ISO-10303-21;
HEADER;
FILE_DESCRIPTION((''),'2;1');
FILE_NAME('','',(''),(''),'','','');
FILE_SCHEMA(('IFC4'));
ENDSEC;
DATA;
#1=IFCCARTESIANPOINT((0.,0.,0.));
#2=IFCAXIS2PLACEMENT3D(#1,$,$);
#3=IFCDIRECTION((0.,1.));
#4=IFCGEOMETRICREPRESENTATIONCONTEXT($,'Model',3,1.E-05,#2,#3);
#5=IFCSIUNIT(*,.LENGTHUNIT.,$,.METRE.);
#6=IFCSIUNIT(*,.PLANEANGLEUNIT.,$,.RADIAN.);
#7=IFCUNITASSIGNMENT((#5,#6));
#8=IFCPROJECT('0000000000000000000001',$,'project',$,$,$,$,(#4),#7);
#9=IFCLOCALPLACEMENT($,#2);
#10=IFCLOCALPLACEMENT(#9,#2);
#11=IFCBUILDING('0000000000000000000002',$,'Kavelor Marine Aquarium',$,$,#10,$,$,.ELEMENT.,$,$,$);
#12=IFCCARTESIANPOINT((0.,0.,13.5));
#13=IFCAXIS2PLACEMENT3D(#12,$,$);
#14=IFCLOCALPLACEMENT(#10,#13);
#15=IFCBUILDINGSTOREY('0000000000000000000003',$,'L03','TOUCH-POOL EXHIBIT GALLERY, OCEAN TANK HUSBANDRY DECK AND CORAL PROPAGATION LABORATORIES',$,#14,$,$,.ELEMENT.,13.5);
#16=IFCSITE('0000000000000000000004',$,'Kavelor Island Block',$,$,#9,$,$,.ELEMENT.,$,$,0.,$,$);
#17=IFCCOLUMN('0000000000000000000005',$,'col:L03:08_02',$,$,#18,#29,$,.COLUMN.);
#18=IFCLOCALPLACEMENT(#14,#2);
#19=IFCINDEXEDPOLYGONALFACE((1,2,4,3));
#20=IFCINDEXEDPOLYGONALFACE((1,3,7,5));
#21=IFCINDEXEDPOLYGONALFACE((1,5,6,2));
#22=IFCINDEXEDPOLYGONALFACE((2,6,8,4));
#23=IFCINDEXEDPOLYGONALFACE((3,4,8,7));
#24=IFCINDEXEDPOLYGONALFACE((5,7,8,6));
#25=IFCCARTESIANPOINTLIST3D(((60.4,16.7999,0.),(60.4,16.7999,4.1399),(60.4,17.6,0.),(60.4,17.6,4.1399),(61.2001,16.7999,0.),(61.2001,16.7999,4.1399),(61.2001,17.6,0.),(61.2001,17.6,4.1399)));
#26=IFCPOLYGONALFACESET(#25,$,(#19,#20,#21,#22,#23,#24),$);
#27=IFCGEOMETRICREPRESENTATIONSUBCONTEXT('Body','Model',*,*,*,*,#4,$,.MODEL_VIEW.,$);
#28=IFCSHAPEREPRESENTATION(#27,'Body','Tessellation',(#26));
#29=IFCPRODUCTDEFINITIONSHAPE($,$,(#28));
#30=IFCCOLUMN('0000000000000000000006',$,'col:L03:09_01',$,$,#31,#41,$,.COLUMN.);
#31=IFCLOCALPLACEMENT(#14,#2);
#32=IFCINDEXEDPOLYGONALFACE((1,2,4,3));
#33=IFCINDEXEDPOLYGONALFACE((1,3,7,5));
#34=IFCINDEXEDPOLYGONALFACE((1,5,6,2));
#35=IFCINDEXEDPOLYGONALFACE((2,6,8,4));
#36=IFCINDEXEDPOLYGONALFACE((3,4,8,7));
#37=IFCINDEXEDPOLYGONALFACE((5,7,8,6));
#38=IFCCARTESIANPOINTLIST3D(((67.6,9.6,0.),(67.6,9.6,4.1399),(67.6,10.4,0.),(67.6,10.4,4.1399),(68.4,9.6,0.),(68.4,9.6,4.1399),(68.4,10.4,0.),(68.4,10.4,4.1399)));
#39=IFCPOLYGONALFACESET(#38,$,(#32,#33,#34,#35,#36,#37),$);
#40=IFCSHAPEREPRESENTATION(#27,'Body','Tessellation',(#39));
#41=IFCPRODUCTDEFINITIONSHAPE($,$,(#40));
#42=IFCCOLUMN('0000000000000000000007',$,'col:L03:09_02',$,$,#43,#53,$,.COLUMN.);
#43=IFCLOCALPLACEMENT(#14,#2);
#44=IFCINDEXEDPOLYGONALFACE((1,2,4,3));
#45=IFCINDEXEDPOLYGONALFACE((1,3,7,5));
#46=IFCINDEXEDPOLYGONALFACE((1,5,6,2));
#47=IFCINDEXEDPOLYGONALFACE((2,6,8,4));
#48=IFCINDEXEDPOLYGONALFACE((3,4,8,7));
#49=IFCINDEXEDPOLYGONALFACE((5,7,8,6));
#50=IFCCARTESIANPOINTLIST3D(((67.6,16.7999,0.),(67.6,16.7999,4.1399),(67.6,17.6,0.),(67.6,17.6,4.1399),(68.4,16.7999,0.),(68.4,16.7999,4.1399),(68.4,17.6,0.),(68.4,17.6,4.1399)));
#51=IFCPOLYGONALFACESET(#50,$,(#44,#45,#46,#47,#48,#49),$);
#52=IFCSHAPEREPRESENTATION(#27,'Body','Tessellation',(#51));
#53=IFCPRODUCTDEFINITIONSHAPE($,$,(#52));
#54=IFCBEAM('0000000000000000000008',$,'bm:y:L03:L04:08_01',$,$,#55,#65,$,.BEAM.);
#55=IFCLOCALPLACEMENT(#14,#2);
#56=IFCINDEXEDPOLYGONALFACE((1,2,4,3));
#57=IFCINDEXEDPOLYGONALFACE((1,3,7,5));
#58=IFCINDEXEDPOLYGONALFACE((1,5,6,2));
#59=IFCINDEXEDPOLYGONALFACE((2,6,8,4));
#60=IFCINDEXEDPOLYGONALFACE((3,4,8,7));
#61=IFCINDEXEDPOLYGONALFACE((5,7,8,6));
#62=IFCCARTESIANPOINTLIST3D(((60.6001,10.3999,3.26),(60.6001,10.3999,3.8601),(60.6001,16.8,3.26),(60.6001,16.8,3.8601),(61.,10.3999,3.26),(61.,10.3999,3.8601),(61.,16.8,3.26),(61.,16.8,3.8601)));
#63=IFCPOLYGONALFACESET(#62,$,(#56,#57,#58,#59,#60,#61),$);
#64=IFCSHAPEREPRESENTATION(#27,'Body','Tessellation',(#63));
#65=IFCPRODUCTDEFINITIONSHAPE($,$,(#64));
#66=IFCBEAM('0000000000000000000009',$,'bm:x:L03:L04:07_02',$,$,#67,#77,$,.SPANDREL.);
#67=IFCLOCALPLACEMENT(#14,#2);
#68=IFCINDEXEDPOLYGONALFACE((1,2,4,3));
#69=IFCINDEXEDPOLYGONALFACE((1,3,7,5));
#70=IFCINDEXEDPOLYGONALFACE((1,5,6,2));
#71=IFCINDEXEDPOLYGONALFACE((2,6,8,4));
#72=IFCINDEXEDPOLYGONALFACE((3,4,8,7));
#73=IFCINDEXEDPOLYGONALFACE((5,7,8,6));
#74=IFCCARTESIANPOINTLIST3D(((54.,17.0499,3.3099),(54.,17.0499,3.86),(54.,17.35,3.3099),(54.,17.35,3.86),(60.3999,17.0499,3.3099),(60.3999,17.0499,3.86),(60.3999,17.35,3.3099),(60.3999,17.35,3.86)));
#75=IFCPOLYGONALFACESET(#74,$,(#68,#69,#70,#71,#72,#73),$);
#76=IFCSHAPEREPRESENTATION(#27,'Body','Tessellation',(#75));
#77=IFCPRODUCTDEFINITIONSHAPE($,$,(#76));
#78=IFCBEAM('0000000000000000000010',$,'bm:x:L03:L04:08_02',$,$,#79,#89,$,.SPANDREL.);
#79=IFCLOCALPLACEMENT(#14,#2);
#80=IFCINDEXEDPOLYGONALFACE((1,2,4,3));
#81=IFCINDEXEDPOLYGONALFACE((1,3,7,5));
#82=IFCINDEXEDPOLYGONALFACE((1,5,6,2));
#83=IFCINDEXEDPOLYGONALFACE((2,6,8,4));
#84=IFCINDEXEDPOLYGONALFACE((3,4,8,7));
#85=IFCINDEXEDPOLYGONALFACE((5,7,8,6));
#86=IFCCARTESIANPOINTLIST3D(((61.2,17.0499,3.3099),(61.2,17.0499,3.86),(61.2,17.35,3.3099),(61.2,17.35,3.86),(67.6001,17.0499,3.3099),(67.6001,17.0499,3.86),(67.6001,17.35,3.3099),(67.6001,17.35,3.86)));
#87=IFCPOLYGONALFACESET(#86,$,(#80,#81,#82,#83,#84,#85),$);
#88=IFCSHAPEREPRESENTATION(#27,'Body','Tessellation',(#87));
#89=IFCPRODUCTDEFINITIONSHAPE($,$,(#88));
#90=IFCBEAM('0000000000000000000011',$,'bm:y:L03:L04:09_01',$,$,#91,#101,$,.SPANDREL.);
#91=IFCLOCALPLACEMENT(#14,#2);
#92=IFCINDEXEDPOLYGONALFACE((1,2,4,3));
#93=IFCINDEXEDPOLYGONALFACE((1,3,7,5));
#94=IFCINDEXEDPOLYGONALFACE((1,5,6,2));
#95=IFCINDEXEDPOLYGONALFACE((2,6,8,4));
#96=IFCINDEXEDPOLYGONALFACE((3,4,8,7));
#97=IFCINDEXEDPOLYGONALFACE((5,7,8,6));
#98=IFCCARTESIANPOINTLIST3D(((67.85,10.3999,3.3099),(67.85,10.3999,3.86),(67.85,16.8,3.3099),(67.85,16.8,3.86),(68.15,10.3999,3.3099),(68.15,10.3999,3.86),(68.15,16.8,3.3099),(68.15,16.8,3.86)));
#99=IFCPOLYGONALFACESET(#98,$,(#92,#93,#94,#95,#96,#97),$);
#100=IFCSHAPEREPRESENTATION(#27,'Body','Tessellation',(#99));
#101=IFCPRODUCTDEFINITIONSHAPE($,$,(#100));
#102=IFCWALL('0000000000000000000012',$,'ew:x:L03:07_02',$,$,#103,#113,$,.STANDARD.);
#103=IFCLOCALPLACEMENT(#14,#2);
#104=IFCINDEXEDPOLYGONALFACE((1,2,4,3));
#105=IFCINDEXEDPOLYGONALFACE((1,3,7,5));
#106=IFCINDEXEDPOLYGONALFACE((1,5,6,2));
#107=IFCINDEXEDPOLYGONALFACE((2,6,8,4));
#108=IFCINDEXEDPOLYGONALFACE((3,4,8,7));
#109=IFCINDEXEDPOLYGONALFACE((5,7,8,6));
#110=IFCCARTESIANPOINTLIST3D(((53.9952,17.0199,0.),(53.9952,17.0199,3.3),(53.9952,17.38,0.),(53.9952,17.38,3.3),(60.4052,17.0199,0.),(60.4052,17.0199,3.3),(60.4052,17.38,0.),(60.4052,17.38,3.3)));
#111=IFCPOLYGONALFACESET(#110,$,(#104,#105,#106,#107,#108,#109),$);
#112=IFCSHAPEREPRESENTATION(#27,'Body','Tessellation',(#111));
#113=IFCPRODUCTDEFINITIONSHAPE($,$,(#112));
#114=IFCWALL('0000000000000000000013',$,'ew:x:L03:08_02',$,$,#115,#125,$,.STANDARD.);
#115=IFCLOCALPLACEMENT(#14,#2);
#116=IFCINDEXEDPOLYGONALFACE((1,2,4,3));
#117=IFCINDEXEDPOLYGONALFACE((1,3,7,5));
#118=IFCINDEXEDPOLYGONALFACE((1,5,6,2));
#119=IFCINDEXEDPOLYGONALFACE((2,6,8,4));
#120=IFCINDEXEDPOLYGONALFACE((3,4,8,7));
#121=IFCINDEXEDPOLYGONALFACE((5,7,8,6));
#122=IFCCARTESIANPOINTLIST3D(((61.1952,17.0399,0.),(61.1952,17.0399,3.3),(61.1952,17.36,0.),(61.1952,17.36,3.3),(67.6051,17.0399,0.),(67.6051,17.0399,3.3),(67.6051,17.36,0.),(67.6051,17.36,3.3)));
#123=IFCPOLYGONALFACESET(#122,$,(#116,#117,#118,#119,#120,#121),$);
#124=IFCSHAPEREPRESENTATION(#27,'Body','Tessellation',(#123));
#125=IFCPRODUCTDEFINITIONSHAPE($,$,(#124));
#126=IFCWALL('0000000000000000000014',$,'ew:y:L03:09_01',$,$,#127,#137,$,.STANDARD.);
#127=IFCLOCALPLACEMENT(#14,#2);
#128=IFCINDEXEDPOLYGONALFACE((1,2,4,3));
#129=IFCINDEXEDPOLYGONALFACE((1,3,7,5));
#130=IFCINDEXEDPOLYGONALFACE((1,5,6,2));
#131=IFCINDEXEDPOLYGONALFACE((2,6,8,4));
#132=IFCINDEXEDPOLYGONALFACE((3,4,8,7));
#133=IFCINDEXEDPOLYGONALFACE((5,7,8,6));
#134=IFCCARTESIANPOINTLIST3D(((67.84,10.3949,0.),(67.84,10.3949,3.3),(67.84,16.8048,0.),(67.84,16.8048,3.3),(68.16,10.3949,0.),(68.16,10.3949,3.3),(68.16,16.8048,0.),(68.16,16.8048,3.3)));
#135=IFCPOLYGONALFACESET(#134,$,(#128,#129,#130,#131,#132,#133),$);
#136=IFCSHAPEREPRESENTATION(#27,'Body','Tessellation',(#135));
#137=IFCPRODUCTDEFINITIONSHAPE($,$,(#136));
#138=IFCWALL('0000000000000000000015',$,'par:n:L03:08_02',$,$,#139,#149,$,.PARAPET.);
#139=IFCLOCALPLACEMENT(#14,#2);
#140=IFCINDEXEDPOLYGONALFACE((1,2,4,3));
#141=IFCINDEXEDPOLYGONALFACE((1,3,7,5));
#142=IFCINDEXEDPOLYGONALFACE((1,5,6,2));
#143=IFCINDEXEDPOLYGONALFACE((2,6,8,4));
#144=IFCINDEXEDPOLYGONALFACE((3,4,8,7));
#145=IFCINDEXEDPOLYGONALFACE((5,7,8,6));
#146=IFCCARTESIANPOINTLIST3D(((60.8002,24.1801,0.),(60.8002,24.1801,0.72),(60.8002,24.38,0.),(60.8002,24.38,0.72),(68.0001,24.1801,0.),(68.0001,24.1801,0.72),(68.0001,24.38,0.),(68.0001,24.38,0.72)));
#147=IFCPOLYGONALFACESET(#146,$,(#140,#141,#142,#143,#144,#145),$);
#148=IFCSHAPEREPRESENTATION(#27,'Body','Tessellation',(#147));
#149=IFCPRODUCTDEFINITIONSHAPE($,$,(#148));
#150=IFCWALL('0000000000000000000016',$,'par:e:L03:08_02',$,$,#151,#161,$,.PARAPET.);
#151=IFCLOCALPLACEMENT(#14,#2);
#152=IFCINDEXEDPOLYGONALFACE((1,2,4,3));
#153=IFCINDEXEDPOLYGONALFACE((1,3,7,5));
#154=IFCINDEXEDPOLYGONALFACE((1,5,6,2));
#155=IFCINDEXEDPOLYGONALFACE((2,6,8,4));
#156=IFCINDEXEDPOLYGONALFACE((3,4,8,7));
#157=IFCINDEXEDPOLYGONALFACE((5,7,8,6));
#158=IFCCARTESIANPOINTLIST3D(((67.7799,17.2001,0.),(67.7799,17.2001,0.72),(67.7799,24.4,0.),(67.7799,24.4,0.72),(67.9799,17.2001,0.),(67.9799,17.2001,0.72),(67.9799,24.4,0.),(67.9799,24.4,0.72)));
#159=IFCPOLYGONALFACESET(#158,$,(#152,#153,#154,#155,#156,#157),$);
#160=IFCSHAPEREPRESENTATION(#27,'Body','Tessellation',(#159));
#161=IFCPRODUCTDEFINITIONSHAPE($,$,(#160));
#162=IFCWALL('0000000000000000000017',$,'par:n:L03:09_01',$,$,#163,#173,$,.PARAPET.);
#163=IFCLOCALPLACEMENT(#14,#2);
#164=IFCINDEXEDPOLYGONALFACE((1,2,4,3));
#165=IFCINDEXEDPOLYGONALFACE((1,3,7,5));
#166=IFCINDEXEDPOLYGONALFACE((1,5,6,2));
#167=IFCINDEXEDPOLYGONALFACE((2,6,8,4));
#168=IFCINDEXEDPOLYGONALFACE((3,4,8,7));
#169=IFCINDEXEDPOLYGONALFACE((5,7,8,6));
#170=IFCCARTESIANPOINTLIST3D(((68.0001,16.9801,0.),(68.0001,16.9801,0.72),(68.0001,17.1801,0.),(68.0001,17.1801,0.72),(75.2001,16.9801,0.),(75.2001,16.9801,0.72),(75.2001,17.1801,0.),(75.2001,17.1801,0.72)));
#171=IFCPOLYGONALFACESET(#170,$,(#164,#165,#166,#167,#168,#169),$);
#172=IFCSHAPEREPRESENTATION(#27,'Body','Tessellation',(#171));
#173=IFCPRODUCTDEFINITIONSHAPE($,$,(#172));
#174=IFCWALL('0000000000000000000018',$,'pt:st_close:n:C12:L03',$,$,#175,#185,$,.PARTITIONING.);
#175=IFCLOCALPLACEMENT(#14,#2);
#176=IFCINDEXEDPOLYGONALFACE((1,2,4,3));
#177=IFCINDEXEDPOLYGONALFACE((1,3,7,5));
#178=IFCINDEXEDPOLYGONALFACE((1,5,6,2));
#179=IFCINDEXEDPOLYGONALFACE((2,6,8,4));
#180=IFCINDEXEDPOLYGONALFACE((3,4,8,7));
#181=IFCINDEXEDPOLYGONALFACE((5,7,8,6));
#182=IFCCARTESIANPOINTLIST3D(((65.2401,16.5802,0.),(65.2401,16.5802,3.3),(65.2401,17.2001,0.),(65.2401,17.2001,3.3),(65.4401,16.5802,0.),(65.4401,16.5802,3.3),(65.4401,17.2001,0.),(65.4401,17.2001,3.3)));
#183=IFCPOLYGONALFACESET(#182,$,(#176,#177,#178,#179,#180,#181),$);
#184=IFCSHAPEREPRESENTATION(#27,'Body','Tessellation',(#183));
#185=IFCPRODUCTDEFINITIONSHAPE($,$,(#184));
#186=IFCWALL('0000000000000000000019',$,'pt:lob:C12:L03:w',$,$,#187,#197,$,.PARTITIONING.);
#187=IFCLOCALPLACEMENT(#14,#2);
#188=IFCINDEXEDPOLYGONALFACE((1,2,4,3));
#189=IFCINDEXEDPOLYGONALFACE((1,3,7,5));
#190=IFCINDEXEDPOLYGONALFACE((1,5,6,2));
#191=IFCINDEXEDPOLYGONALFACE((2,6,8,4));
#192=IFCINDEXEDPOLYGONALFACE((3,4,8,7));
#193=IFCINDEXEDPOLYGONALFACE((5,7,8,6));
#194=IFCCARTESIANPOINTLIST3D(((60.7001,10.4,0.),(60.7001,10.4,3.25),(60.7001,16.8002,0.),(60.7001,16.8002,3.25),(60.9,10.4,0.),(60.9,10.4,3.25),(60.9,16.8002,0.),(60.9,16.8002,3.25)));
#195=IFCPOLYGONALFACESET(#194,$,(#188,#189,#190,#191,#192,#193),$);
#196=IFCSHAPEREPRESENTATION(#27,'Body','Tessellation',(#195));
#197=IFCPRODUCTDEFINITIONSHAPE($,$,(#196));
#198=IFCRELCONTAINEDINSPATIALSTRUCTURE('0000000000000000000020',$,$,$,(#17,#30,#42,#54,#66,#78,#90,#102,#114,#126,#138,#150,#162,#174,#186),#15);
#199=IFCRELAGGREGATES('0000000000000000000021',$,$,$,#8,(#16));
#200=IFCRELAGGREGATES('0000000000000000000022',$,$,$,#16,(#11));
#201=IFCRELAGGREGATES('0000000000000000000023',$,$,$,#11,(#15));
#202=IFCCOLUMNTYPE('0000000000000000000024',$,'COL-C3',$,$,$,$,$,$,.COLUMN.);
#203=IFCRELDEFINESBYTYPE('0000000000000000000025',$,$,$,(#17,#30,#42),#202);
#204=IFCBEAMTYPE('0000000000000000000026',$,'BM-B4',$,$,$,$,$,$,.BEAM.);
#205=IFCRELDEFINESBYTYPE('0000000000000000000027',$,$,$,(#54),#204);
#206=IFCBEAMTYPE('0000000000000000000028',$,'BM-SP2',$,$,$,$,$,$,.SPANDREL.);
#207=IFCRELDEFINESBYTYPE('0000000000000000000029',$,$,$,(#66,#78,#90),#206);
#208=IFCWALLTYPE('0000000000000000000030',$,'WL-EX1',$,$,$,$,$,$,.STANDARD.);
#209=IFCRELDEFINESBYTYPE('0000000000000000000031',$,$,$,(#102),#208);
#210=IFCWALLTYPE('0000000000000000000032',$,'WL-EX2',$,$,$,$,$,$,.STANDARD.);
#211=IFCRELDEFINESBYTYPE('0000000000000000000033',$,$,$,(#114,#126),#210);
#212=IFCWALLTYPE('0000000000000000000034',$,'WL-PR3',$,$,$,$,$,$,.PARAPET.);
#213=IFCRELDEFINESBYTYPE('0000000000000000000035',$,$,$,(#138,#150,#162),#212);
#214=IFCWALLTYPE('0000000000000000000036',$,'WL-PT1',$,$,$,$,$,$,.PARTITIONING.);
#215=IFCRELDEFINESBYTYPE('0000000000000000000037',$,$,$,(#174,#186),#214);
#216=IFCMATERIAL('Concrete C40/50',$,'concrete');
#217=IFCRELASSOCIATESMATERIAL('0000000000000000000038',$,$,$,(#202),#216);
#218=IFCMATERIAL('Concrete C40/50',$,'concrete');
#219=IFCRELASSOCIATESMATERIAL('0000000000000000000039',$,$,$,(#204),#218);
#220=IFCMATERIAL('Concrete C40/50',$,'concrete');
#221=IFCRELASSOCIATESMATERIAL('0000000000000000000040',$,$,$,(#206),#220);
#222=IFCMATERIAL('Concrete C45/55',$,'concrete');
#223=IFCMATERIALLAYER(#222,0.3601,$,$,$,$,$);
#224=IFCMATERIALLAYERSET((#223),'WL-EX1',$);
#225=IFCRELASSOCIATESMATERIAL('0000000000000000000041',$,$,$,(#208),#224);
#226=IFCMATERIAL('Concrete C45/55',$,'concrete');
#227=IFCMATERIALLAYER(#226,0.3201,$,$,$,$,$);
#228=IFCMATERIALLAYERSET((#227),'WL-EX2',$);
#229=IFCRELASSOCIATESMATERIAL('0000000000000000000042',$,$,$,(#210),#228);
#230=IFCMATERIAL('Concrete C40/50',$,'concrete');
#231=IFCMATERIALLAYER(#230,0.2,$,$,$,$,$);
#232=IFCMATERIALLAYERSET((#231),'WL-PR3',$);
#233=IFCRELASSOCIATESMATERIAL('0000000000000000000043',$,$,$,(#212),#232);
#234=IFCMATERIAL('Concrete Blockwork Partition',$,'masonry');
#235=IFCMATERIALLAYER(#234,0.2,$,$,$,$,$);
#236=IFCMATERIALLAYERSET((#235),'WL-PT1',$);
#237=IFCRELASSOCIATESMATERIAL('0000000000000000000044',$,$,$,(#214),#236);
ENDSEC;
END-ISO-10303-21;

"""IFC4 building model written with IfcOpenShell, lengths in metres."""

from ifc_helpers import new_model, si_unit, direction, frame, frame_2d, origin, origin_2d, place, context, subcontext, project, spatial, rectangle, extrude, material, layer, layer_set, material_profile, profile_set, type_object, element, save


model = new_model("IFC4")

# Units and contexts
model_context = context("Model", 3, precision=1e-05, world=origin(), true_north=direction((0.0, 1.0)))
body_context = subcontext(model_context, "Body", "Model", "MODEL_VIEW")
ifc_project = project(units=[si_unit("LENGTHUNIT", "METRE"), si_unit("PLANEANGLEUNIT", "RADIAN")], contexts=[model_context])

# Site, building, storey
site_placement = place(None, origin())
site = spatial("IfcSite", under=ifc_project, at=site_placement, Name="Kavelor Island Block", CompositionType="ELEMENT", RefElevation=0.0)
building_placement = place(site_placement, origin())
building = spatial("IfcBuilding", under=site, at=building_placement, Name="Kavelor Marine Aquarium", CompositionType="ELEMENT")
storey_placement = place(building_placement, frame((0.0, 0.0, 13.5)))
storey = spatial("IfcBuildingStorey", under=building, at=storey_placement, Name="L03", Description="TOUCH-POOL EXHIBIT GALLERY, OCEAN TANK HUSBANDRY DECK AND CORAL PROPAGATION LABORATORIES", CompositionType="ELEMENT", Elevation=13.5)

# Columns
ifc_material_1 = material(Name="Concrete C40/50", Category="concrete")
ifc_material_profile_1 = material_profile(ifc_material_1, rectangle(XDim=0.8, YDim=0.8, at=origin_2d()), Name="RC-COL 800x800")
ifc_profile_set_1 = profile_set([ifc_material_profile_1], Name="Concrete C40/50")
column_type = type_object("IfcColumnType", Name="COL-C3", PredefinedType="COLUMN", material=ifc_profile_set_1)
for number, where, z_axis, x_axis, name in (
    (1, (60.8, 17.2, 0.0), (0.0, 0.0, 1.0), (1.0, 0.0, 0.0), "col:L03:08_02"),
    (2, (68.0, 10.0, 0.0), (0.0, 0.0, 1.0), (1.0, 0.0, 0.0), "col:L03:09_01"),
    (3, (68.0, 17.2, 0.0), (0.0, 0.0, 1.0), (1.0, 0.0, 0.0), "col:L03:09_02"),
):
    element("IfcColumn", number, at=place(storey_placement, frame(where, z_axis=z_axis, x_axis=x_axis)), inside=storey, type_object=column_type, Name=name, PredefinedType="COLUMN", context=body_context, shape_type="SweptSolid", body=[
        extrude(rectangle(XDim=0.8, YDim=0.8, at=origin_2d()), origin(), (0.0, 0.0, 1.0), 4.1399),
    ])

# Beams
ifc_material_2 = material(Name="Concrete C40/50", Category="concrete")
ifc_material_profile_2 = material_profile(ifc_material_2, rectangle(XDim=0.3999, YDim=0.6001, at=origin_2d()), Name="RC-BM 400x600")
ifc_profile_set_2 = profile_set([ifc_material_profile_2], Name="Concrete C40/50")
beam_type_1 = type_object("IfcBeamType", Name="BM-B4", PredefinedType="BEAM", material=ifc_profile_set_2)
beam_1_placement = place(storey_placement, frame((60.8, 10.3999, 3.5601), z_axis=(0.0, 1.0, 0.0), x_axis=(-1.0, 0.0, 0.0)))
element("IfcBeam", 4, at=beam_1_placement, inside=storey, type_object=beam_type_1, Name="bm:y:L03:L04:08_01", PredefinedType="BEAM", context=body_context, shape_type="SweptSolid", body=[
    extrude(rectangle(XDim=0.3999, YDim=0.6001, at=origin_2d()), origin(), (0.0, 0.0, 1.0), 6.4001),
])
ifc_material_3 = material(Name="Concrete C40/50", Category="concrete")
ifc_material_profile_3 = material_profile(ifc_material_3, rectangle(XDim=0.3, YDim=0.55, at=origin_2d()), Name="RC-SP 300x550")
ifc_profile_set_3 = profile_set([ifc_material_profile_3], Name="Concrete C40/50")
beam_type_2 = type_object("IfcBeamType", Name="BM-SP2", PredefinedType="SPANDREL", material=ifc_profile_set_3)
beam_2_placement = place(storey_placement, frame((54.0, 17.2, 3.585), z_axis=(1.0, 0.0, 0.0), x_axis=(0.0, 1.0, 0.0)))
element("IfcBeam", 5, at=beam_2_placement, inside=storey, type_object=beam_type_2, Name="bm:x:L03:L04:07_02", PredefinedType="SPANDREL", context=body_context, shape_type="SweptSolid", body=[
    extrude(rectangle(XDim=0.3, YDim=0.55, at=origin_2d()), origin(), (0.0, 0.0, 1.0), 6.3999),
])
for number, where, z_axis, x_axis, name in (
    (6, (61.2, 17.2, 3.585), (1.0, 0.0, 0.0), (0.0, 1.0, 0.0), "bm:x:L03:L04:08_02"),
    (7, (68.0, 10.3999, 3.585), (0.0, 1.0, 0.0), (-1.0, 0.0, 0.0), "bm:y:L03:L04:09_01"),
):
    element("IfcBeam", number, at=place(storey_placement, frame(where, z_axis=z_axis, x_axis=x_axis)), inside=storey, type_object=beam_type_2, Name=name, PredefinedType="SPANDREL", context=body_context, shape_type="SweptSolid", body=[
        extrude(rectangle(XDim=0.3, YDim=0.55, at=origin_2d()), origin(), (0.0, 0.0, 1.0), 6.4001),
    ])

# Walls
ifc_material_4 = material(Name="Concrete C45/55", Category="concrete")
ifc_layer_1 = layer(ifc_material_4, 0.3601)
ifc_layer_set_1 = layer_set([ifc_layer_1], Name="WL-EX1")
wall_type_1 = type_object("IfcWallType", Name="WL-EX1", PredefinedType="STANDARD", material=ifc_layer_set_1)
wall_1_placement = place(storey_placement, frame((53.9951, 17.2, 0.0), z_axis=(0.0, 0.0, 1.0), x_axis=(1.0, 0.0, 0.0)))
element("IfcWall", 8, at=wall_1_placement, inside=storey, type_object=wall_type_1, Name="ew:x:L03:07_02", PredefinedType="STANDARD", context=body_context, shape_type="SweptSolid", body=[
    extrude(rectangle(XDim=6.4099, YDim=0.3601, at=frame_2d((3.2051, 0.0))), origin(), (0.0, 0.0, 1.0), 3.3),
])
ifc_material_5 = material(Name="Concrete C45/55", Category="concrete")
ifc_layer_2 = layer(ifc_material_5, 0.3201)
ifc_layer_set_2 = layer_set([ifc_layer_2], Name="WL-EX2")
wall_type_2 = type_object("IfcWallType", Name="WL-EX2", PredefinedType="STANDARD", material=ifc_layer_set_2)
for number, where, z_axis, x_axis, name in (
    (9, (61.1951, 17.2, 0.0), (0.0, 0.0, 1.0), (1.0, 0.0, 0.0), "ew:x:L03:08_02"),
    (10, (68.0, 16.8049, 0.0), (0.0, 0.0, 1.0), (0.0, -1.0, 0.0), "ew:y:L03:09_01"),
):
    element("IfcWall", number, at=place(storey_placement, frame(where, z_axis=z_axis, x_axis=x_axis)), inside=storey, type_object=wall_type_2, Name=name, PredefinedType="STANDARD", context=body_context, shape_type="SweptSolid", body=[
        extrude(rectangle(XDim=6.4099, YDim=0.3201, at=frame_2d((3.2051, 0.0))), origin(), (0.0, 0.0, 1.0), 3.3),
    ])
ifc_material_6 = material(Name="Concrete C40/50", Category="concrete")
ifc_layer_3 = layer(ifc_material_6, 0.2)
ifc_layer_set_3 = layer_set([ifc_layer_3], Name="WL-PR3")
wall_type_3 = type_object("IfcWallType", Name="WL-PR3", PredefinedType="PARAPET", material=ifc_layer_set_3)
for number, where, z_axis, x_axis, name in (
    (11, (60.8, 24.28, 0.0), (0.0, 0.0, 1.0), (1.0, 0.0, 0.0), "par:n:L03:08_02"),
    (12, (67.8799, 17.2, 0.0), (0.0, 0.0, 1.0), (0.0, 1.0, 0.0), "par:e:L03:08_02"),
    (13, (68.0, 17.0801, 0.0), (0.0, 0.0, 1.0), (1.0, 0.0, 0.0), "par:n:L03:09_01"),
):
    element("IfcWall", number, at=place(storey_placement, frame(where, z_axis=z_axis, x_axis=x_axis)), inside=storey, type_object=wall_type_3, Name=name, PredefinedType="PARAPET", context=body_context, shape_type="SweptSolid", body=[
        extrude(rectangle(XDim=7.2, YDim=0.2, at=frame_2d((3.6001, 0.0))), origin(), (0.0, 0.0, 1.0), 0.72),
    ])
ifc_material_7 = material(Name="Concrete Blockwork Partition", Category="masonry")
ifc_layer_4 = layer(ifc_material_7, 0.2)
ifc_layer_set_4 = layer_set([ifc_layer_4], Name="WL-PT1")
wall_type_4 = type_object("IfcWallType", Name="WL-PT1", PredefinedType="PARTITIONING", material=ifc_layer_set_4)
wall_2_placement = place(storey_placement, frame((65.3401, 16.5801, 0.0), z_axis=(0.0, 0.0, 1.0), x_axis=(0.0, 1.0, 0.0)))
element("IfcWall", 14, at=wall_2_placement, inside=storey, type_object=wall_type_4, Name="pt:st_close:n:C12:L03", PredefinedType="PARTITIONING", context=body_context, shape_type="SweptSolid", body=[
    extrude(rectangle(XDim=0.6199, YDim=0.2, at=frame_2d((0.3101, 0.0))), origin(), (0.0, 0.0, 1.0), 3.3),
])
wall_3_placement = place(storey_placement, frame((60.8, 10.3999, 0.0), z_axis=(0.0, 0.0, 1.0), x_axis=(0.0, 1.0, 0.0)))
element("IfcWall", 15, at=wall_3_placement, inside=storey, type_object=wall_type_4, Name="pt:lob:C12:L03:w", PredefinedType="PARTITIONING", context=body_context, shape_type="SweptSolid", body=[
    extrude(rectangle(XDim=6.4001, YDim=0.2, at=frame_2d((3.2002, 0.0))), origin(), (0.0, 0.0, 1.0), 3.25),
])

save(model, "model.ifc")
